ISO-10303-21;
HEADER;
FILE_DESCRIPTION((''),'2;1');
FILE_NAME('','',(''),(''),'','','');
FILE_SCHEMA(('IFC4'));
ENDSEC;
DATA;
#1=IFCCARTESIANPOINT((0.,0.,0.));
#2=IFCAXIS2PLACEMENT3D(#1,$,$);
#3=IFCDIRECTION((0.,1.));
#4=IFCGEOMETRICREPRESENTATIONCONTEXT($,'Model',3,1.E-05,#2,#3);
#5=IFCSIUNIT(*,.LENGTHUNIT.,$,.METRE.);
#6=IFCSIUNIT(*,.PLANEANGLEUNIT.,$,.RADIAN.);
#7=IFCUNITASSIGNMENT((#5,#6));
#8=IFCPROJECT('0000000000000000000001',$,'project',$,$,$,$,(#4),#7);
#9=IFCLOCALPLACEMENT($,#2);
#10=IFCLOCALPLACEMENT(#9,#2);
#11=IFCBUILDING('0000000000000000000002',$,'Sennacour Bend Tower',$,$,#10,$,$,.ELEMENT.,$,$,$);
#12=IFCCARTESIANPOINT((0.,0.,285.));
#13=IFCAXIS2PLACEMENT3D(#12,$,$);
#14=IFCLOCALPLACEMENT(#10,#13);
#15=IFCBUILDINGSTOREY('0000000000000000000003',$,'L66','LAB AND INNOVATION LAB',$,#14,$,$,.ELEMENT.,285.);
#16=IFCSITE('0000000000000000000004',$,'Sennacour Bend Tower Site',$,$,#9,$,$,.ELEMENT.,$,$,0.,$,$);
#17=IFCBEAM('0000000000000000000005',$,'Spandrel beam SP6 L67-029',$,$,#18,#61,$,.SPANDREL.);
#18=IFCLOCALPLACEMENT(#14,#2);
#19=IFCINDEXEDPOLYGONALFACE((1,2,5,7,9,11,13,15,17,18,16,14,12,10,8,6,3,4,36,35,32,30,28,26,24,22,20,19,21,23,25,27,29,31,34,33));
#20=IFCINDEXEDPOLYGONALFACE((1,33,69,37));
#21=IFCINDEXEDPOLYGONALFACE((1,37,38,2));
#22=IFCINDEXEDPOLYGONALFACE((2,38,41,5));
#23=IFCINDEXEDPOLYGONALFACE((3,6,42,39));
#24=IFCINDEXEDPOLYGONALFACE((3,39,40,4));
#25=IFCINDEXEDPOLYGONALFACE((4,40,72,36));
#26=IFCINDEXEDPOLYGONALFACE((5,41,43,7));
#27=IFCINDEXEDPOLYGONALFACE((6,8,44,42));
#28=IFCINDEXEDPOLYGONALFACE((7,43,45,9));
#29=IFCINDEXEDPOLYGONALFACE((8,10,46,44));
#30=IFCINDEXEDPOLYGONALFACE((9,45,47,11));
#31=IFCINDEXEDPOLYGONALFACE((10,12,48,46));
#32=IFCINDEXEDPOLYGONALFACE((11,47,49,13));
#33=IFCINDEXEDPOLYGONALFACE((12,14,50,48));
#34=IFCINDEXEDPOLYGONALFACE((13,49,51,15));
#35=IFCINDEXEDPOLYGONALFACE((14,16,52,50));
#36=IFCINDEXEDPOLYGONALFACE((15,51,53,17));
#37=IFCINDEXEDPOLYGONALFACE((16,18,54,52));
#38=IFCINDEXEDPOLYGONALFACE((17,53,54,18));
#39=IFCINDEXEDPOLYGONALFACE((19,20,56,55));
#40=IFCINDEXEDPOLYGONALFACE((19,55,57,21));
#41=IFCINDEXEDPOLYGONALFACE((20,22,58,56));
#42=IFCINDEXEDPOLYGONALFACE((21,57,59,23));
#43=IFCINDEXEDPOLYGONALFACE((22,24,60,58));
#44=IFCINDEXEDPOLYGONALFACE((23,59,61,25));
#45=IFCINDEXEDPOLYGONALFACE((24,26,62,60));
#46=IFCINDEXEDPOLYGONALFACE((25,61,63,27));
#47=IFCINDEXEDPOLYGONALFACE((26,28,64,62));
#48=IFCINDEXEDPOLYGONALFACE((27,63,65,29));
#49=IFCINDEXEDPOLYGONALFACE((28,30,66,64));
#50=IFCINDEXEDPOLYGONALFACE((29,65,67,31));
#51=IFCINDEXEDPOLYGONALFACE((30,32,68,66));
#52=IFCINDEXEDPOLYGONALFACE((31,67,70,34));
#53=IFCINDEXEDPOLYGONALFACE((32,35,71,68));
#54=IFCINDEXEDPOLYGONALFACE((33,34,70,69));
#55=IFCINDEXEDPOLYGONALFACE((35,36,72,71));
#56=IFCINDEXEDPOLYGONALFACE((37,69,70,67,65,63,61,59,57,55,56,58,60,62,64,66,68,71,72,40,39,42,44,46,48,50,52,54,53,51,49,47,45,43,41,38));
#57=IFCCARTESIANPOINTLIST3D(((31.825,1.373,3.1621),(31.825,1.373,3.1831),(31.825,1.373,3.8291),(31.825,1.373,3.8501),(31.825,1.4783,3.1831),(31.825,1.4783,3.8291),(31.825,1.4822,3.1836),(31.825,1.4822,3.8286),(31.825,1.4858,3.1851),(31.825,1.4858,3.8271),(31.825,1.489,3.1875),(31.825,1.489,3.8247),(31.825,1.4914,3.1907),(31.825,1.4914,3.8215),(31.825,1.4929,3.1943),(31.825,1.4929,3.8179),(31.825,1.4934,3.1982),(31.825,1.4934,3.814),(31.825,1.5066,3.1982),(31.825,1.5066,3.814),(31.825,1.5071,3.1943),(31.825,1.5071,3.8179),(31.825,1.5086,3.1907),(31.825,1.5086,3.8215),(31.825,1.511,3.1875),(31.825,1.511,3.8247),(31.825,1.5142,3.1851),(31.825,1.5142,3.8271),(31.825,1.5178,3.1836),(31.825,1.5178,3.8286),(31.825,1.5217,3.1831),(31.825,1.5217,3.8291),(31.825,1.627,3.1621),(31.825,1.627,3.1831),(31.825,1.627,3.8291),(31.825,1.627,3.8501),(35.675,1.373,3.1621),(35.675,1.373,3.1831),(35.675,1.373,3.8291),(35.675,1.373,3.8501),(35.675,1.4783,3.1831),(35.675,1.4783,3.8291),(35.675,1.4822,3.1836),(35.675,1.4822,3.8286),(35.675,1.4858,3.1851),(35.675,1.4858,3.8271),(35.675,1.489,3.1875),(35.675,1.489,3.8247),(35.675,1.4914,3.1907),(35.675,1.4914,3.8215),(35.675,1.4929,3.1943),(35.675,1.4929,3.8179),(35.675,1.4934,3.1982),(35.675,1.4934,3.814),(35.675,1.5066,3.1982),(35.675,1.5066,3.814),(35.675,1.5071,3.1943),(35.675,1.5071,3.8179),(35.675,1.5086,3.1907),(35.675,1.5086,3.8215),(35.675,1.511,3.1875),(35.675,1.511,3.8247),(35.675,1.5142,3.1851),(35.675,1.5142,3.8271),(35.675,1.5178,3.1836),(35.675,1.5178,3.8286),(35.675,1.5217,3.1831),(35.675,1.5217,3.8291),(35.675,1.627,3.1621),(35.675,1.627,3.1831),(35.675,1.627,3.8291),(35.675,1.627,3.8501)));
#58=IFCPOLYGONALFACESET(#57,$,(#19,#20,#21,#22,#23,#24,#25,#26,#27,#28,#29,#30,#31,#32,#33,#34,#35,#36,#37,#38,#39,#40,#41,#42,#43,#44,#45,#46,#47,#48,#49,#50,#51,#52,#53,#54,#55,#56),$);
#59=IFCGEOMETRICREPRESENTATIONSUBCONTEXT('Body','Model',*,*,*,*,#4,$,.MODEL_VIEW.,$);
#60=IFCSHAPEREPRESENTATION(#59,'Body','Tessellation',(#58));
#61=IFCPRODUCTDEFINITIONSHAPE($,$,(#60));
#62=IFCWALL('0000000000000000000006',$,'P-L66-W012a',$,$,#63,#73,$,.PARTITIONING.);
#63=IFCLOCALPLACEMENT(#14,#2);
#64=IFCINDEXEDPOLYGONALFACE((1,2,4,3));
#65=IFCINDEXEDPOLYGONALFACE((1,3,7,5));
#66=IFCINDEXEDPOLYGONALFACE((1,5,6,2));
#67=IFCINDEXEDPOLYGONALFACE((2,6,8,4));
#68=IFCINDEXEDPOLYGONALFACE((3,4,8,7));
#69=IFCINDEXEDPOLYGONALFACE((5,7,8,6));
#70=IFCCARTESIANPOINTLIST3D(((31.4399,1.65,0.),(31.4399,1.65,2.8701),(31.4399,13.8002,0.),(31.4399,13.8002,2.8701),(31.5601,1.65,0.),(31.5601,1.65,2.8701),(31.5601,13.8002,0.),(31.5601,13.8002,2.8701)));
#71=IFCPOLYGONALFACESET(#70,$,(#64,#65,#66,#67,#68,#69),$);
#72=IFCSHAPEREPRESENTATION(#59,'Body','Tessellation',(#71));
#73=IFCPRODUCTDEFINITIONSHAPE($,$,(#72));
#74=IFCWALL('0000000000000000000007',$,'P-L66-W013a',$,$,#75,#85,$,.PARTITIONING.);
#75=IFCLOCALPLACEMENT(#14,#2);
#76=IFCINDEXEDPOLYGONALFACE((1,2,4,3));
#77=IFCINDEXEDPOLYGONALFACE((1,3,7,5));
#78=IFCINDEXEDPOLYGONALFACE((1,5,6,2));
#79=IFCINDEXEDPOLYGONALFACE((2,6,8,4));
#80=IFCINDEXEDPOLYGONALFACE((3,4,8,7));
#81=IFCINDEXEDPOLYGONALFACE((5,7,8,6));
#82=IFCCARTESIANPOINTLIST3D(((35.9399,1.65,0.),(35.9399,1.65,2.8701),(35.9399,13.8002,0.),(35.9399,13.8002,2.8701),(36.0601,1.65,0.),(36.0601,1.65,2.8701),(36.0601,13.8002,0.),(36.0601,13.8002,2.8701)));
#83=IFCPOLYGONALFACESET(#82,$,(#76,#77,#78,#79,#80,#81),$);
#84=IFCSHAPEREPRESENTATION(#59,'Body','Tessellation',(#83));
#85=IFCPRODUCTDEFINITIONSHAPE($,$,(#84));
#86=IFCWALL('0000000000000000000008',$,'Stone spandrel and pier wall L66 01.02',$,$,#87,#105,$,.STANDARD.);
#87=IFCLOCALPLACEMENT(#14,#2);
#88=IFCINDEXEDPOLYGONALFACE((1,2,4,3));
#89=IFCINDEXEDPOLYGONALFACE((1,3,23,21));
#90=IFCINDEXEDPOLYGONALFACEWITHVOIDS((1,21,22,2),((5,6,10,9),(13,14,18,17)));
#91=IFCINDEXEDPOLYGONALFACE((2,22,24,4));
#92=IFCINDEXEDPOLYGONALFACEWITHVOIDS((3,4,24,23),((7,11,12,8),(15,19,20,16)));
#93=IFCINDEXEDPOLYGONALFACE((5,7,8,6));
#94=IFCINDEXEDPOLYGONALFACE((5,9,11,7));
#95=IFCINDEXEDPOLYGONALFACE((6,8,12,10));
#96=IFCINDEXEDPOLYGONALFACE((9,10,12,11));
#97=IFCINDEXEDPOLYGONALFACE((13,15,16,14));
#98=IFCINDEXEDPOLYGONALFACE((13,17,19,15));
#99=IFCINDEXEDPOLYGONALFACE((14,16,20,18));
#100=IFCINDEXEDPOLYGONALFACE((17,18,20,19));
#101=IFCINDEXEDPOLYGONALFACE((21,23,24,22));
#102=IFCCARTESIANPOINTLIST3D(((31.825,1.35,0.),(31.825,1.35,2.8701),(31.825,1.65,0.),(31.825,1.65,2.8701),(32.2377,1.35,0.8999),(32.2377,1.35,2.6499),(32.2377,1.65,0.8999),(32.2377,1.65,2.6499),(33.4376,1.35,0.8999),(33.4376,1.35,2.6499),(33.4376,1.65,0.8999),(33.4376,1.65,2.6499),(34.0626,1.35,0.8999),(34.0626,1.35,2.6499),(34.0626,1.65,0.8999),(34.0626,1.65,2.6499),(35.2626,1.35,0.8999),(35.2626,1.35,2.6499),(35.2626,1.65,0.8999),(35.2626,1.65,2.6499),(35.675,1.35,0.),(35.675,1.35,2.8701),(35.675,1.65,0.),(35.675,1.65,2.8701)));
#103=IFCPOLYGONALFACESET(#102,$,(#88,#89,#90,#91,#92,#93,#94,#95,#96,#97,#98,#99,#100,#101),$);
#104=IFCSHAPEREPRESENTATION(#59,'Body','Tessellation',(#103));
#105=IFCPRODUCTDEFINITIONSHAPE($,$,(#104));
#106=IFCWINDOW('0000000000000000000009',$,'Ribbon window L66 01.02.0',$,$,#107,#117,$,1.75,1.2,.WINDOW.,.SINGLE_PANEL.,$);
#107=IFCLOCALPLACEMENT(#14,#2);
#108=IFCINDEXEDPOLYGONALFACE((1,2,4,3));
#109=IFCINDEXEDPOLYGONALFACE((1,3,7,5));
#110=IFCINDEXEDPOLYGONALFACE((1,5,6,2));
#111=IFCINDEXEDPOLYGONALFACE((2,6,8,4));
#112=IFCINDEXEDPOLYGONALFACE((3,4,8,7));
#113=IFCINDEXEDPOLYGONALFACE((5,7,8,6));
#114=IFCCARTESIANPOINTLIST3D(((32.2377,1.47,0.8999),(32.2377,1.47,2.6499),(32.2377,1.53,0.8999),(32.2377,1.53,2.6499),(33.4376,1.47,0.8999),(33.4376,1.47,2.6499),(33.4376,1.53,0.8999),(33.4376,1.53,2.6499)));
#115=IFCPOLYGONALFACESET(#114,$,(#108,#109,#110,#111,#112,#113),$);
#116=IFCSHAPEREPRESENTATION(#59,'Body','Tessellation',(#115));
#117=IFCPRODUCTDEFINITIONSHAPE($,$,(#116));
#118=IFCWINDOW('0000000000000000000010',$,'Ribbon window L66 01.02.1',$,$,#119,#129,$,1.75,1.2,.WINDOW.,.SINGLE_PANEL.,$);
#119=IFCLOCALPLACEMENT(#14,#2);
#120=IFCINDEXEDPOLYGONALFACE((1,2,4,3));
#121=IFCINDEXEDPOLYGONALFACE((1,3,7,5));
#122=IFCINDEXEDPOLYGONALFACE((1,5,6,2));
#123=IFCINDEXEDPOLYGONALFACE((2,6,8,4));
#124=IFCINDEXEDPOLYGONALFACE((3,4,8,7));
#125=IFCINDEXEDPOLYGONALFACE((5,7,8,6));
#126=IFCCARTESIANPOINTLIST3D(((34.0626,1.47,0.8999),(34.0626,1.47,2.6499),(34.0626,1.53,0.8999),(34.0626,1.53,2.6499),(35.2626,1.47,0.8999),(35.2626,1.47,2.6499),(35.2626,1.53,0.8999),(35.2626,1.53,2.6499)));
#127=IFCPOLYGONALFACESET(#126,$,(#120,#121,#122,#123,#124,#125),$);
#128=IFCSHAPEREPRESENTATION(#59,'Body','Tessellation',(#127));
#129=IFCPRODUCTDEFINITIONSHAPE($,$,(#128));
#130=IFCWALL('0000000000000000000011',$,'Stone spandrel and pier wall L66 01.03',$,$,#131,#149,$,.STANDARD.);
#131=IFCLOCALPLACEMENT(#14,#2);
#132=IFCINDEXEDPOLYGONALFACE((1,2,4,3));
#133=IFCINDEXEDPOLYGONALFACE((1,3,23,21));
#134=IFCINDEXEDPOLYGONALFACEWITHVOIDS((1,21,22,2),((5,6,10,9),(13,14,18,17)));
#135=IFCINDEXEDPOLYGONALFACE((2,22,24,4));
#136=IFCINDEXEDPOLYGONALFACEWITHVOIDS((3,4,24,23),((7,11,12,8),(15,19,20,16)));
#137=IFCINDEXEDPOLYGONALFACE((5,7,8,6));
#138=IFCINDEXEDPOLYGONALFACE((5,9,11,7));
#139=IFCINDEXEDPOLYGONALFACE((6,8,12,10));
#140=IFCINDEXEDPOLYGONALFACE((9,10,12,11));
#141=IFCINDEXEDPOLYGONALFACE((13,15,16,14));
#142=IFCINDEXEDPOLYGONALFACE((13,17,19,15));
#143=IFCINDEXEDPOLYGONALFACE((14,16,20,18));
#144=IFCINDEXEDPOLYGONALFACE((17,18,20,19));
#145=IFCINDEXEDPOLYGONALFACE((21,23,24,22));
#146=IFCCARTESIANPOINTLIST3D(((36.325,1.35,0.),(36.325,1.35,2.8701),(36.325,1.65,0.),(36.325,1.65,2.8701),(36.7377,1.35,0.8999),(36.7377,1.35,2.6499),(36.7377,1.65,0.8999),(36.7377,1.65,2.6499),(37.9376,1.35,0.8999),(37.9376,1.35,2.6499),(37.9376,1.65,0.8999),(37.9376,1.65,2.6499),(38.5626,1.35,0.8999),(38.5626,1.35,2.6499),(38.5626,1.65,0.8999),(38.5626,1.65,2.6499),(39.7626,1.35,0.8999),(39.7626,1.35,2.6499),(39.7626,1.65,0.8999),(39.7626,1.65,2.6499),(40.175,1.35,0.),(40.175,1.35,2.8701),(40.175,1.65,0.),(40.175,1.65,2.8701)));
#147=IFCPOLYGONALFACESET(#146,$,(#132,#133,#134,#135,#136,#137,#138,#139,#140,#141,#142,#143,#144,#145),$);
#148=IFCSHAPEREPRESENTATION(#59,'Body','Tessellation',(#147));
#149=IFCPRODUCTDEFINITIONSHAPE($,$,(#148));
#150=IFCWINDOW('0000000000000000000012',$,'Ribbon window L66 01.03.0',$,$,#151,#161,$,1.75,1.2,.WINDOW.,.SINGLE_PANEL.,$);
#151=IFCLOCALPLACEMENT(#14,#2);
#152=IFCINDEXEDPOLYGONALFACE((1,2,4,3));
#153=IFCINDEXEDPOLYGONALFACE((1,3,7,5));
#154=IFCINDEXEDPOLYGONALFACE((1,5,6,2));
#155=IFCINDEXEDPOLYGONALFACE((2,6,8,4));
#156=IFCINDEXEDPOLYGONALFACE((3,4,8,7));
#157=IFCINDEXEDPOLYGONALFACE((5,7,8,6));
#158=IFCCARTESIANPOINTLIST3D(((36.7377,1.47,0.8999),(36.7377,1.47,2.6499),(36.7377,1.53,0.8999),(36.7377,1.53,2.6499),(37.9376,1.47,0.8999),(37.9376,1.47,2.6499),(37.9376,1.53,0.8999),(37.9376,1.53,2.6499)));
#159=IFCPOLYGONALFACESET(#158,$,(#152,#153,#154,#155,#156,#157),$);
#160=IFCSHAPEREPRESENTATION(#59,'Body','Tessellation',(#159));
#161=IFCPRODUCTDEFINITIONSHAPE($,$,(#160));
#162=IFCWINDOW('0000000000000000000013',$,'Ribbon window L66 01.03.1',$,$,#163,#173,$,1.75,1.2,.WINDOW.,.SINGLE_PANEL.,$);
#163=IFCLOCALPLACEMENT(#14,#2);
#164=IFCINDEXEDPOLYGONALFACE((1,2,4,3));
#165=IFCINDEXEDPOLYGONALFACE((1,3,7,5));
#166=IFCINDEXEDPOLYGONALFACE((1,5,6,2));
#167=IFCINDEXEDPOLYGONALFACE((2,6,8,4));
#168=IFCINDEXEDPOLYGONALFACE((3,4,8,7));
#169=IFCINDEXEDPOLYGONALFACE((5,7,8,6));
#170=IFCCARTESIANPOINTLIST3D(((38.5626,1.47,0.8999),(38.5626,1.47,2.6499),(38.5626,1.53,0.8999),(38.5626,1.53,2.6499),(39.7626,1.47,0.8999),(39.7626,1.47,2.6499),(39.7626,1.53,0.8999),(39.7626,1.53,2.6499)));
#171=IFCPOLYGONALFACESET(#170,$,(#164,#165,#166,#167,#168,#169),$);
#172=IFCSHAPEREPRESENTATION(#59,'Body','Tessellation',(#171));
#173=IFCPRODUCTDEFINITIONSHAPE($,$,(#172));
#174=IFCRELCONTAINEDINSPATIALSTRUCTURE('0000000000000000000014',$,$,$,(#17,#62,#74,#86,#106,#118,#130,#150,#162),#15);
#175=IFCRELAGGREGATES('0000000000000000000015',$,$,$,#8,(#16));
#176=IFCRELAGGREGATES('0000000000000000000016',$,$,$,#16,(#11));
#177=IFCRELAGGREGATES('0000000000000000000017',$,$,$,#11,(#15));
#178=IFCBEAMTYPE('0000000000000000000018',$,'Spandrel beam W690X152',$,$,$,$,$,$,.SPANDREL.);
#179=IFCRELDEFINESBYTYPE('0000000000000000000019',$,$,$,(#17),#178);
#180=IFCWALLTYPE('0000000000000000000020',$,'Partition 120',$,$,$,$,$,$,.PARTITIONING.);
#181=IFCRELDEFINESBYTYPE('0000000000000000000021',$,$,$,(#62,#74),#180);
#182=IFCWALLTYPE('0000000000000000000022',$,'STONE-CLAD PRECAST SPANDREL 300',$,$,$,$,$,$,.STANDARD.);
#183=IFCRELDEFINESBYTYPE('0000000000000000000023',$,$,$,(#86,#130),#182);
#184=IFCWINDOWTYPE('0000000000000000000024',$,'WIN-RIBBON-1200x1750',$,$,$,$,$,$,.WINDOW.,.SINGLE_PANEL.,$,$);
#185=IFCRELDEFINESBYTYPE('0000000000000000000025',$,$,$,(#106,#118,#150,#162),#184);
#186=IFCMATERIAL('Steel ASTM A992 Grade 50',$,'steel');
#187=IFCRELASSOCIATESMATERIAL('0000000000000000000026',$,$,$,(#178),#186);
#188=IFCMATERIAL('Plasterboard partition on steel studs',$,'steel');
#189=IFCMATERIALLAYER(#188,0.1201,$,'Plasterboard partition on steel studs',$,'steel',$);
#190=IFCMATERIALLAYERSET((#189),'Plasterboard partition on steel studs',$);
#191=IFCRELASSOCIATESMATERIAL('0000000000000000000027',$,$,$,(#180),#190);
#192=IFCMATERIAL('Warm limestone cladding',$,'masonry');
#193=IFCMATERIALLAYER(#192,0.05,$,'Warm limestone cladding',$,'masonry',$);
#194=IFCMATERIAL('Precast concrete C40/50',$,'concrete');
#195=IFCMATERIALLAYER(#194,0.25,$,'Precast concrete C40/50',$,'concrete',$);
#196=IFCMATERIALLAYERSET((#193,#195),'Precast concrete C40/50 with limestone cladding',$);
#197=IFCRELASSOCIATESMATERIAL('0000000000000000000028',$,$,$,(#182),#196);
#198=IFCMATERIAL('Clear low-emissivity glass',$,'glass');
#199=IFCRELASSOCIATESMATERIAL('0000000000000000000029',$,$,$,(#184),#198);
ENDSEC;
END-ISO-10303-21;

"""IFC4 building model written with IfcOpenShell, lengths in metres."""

from ifc_helpers import new_model, si_unit, direction, frame, frame_2d, origin, origin_2d, place, context, subcontext, project, spatial, rectangle, i_section, extrude, material, layer, layer_set, material_profile, profile_set, type_object, element, fill, save


model = new_model("IFC4")

# Units and contexts
model_context = context("Model", 3, precision=1e-05, world=origin(), true_north=direction((0.0, 1.0)))
body_context = subcontext(model_context, "Body", "Model", "MODEL_VIEW")
ifc_project = project(units=[si_unit("LENGTHUNIT", "METRE"), si_unit("PLANEANGLEUNIT", "RADIAN")], contexts=[model_context])

# Site, building, storey
site_placement = place(None, origin())
site = spatial("IfcSite", under=ifc_project, at=site_placement, Name="Sennacour Bend Tower Site", CompositionType="ELEMENT", RefElevation=0.0)
building_placement = place(site_placement, origin())
building = spatial("IfcBuilding", under=site, at=building_placement, Name="Sennacour Bend Tower", CompositionType="ELEMENT")
storey_placement = place(building_placement, frame((0.0, 0.0, 285.0)))
storey = spatial("IfcBuildingStorey", under=building, at=storey_placement, Name="L66", Description="LAB AND INNOVATION LAB", CompositionType="ELEMENT", Elevation=285.0)

# Beam
ifc_material_1 = material(Name="Steel ASTM A992 Grade 50", Category="steel")
ifc_material_profile_1 = material_profile(ifc_material_1, i_section(OverallWidth=0.2539, OverallDepth=0.688, WebThickness=0.0132, FlangeThickness=0.021, FilletRadius=0.0151, at=origin_2d()), Name="Steel ASTM A992 Grade 50", Category="steel")
ifc_profile_set_1 = profile_set([ifc_material_profile_1], Name="Steel ASTM A992 Grade 50")
beam_type_1 = type_object("IfcBeamType", Name="Spandrel beam W690X152", PredefinedType="SPANDREL", material=ifc_profile_set_1)
for number, where, z_axis, x_axis, name in (
    (1, (35.675, 1.5, 3.5061), (-1.0, 0.0, 0.0), (0.0, -1.0, 0.0), "Spandrel beam SP6 L67-029"),
):
    element("IfcBeam", number, at=place(storey_placement, frame(where, z_axis=z_axis, x_axis=x_axis)), inside=storey, type_object=beam_type_1, Name=name, PredefinedType="SPANDREL", context=body_context, shape_type="SweptSolid", body=[
        extrude(i_section(OverallWidth=0.2539, OverallDepth=0.688, WebThickness=0.0132, FlangeThickness=0.021, FilletRadius=0.0151, at=origin_2d()), origin(), (0.0, 0.0, 1.0), 3.8501),
    ])

# Walls
ifc_material_2 = material(Name="Plasterboard partition on steel studs", Category="steel")
ifc_layer_1 = layer(ifc_material_2, 0.1201, Name="Plasterboard partition on steel studs", Category="steel")
ifc_layer_set_1 = layer_set([ifc_layer_1], Name="Plasterboard partition on steel studs")
wall_type_1 = type_object("IfcWallType", Name="Partition 120", PredefinedType="PARTITIONING", material=ifc_layer_set_1)
for number, where, z_axis, x_axis, name in (
    (2, (31.5, 1.6499, 0.0), (0.0, 0.0, 1.0), (0.0, 1.0, 0.0), "P-L66-W012a"),
    (3, (36.0, 1.6499, 0.0), (0.0, 0.0, 1.0), (0.0, 1.0, 0.0), "P-L66-W013a"),
):
    element("IfcWall", number, at=place(storey_placement, frame(where, z_axis=z_axis, x_axis=x_axis)), inside=storey, type_object=wall_type_1, Name=name, PredefinedType="PARTITIONING", context=body_context, shape_type="SweptSolid", body=[
        extrude(rectangle(XDim=12.1501, YDim=0.1201, at=frame_2d((6.0752, 0.0))), origin(), (0.0, 0.0, 1.0), 2.8701),
    ])

# Walls, openings, windows
ifc_material_3 = material(Name="Warm limestone cladding", Category="masonry")
ifc_layer_2 = layer(ifc_material_3, 0.05, Name="Warm limestone cladding", Category="masonry")
ifc_material_4 = material(Name="Precast concrete C40/50", Category="concrete")
ifc_layer_3 = layer(ifc_material_4, 0.25, Name="Precast concrete C40/50", Category="concrete")
ifc_layer_set_2 = layer_set([ifc_layer_2, ifc_layer_3], Name="Precast concrete C40/50 with limestone cladding")
wall_type_2 = type_object("IfcWallType", Name="STONE-CLAD PRECAST SPANDREL 300", PredefinedType="STANDARD", material=ifc_layer_set_2)
wall_1_placement = place(storey_placement, frame((31.825, 1.5, 0.0), z_axis=(0.0, 0.0, 1.0), x_axis=(1.0, 0.0, 0.0)))
wall_1 = element("IfcWall", 4, at=wall_1_placement, inside=storey, type_object=wall_type_2, Name="Stone spandrel and pier wall L66 01.02", PredefinedType="STANDARD", context=body_context, shape_type="SweptSolid", body=[
    extrude(rectangle(XDim=3.8501, YDim=0.3, at=frame_2d((1.925, 0.0))), origin(), (0.0, 0.0, 1.0), 2.8701),
])
opening_1_placement = place(wall_1_placement, frame((0.4126, 0.0, 0.8999)))
opening_1 = element("IfcOpeningElement", 5, at=opening_1_placement, cuts=wall_1, PredefinedType="OPENING", context=body_context, shape_type="SweptSolid", body=[
    extrude(rectangle(XDim=1.2, YDim=1.75, at=frame_2d((0.6001, 0.875))), frame((0.0, 0.1602, 0.0), z_axis=(0.0, -1.0, 0.0), x_axis=(1.0, 0.0, 0.0)), (0.0, 0.0, 1.0), 0.3201),
])
opening_2_placement = place(wall_1_placement, frame((2.2375, 0.0, 0.8999)))
opening_2 = element("IfcOpeningElement", 6, at=opening_2_placement, cuts=wall_1, PredefinedType="OPENING", context=body_context, shape_type="SweptSolid", body=[
    extrude(rectangle(XDim=1.2, YDim=1.75, at=frame_2d((0.6001, 0.875))), frame((0.0, 0.1602, 0.0), z_axis=(0.0, -1.0, 0.0), x_axis=(1.0, 0.0, 0.0)), (0.0, 0.0, 1.0), 0.3201),
])
ifc_material_5 = material(Name="Clear low-emissivity glass", Category="glass")
window_type = type_object("IfcWindowType", Name="WIN-RIBBON-1200x1750", PartitioningType="SINGLE_PANEL", PredefinedType="WINDOW", material=ifc_material_5)
window_1_placement = place(opening_1_placement, origin())
window_1 = element("IfcWindow", 7, at=window_1_placement, inside=storey, type_object=window_type, Name="Ribbon window L66 01.02.0", OverallHeight=1.75, OverallWidth=1.2, PartitioningType="SINGLE_PANEL", PredefinedType="WINDOW", context=body_context, shape_type="SweptSolid", body=[
    extrude(rectangle(XDim=1.2, YDim=1.75, at=frame_2d((0.6001, 0.875))), frame((0.0, 0.03, 0.0), z_axis=(0.0, -1.0, 0.0), x_axis=(1.0, 0.0, 0.0)), (0.0, 0.0, 1.0), 0.0601),
])
fill(opening_1, window_1)
window_2_placement = place(opening_2_placement, origin())
window_2 = element("IfcWindow", 8, at=window_2_placement, inside=storey, type_object=window_type, Name="Ribbon window L66 01.02.1", OverallHeight=1.75, OverallWidth=1.2, PartitioningType="SINGLE_PANEL", PredefinedType="WINDOW", context=body_context, shape_type="SweptSolid", body=[
    extrude(rectangle(XDim=1.2, YDim=1.75, at=frame_2d((0.6001, 0.875))), frame((0.0, 0.03, 0.0), z_axis=(0.0, -1.0, 0.0), x_axis=(1.0, 0.0, 0.0)), (0.0, 0.0, 1.0), 0.0601),
])
fill(opening_2, window_2)
wall_2_placement = place(storey_placement, frame((36.325, 1.5, 0.0), z_axis=(0.0, 0.0, 1.0), x_axis=(1.0, 0.0, 0.0)))
wall_2 = element("IfcWall", 9, at=wall_2_placement, inside=storey, type_object=wall_type_2, Name="Stone spandrel and pier wall L66 01.03", PredefinedType="STANDARD", context=body_context, shape_type="SweptSolid", body=[
    extrude(rectangle(XDim=3.8501, YDim=0.3, at=frame_2d((1.925, 0.0))), origin(), (0.0, 0.0, 1.0), 2.8701),
])
opening_3_placement = place(wall_2_placement, frame((0.4126, 0.0, 0.8999)))
opening_3 = element("IfcOpeningElement", 10, at=opening_3_placement, cuts=wall_2, PredefinedType="OPENING", context=body_context, shape_type="SweptSolid", body=[
    extrude(rectangle(XDim=1.2, YDim=1.75, at=frame_2d((0.6001, 0.875))), frame((0.0, 0.1602, 0.0), z_axis=(0.0, -1.0, 0.0), x_axis=(1.0, 0.0, 0.0)), (0.0, 0.0, 1.0), 0.3201),
])
opening_4_placement = place(wall_2_placement, frame((2.2375, 0.0, 0.8999)))
opening_4 = element("IfcOpeningElement", 11, at=opening_4_placement, cuts=wall_2, PredefinedType="OPENING", context=body_context, shape_type="SweptSolid", body=[
    extrude(rectangle(XDim=1.2, YDim=1.75, at=frame_2d((0.6001, 0.875))), frame((0.0, 0.1602, 0.0), z_axis=(0.0, -1.0, 0.0), x_axis=(1.0, 0.0, 0.0)), (0.0, 0.0, 1.0), 0.3201),
])
window_3_placement = place(opening_3_placement, origin())
window_3 = element("IfcWindow", 12, at=window_3_placement, inside=storey, type_object=window_type, Name="Ribbon window L66 01.03.0", OverallHeight=1.75, OverallWidth=1.2, PartitioningType="SINGLE_PANEL", PredefinedType="WINDOW", context=body_context, shape_type="SweptSolid", body=[
    extrude(rectangle(XDim=1.2, YDim=1.75, at=frame_2d((0.6001, 0.875))), frame((0.0, 0.03, 0.0), z_axis=(0.0, -1.0, 0.0), x_axis=(1.0, 0.0, 0.0)), (0.0, 0.0, 1.0), 0.0601),
])
fill(opening_3, window_3)
window_4_placement = place(opening_4_placement, origin())
window_4 = element("IfcWindow", 13, at=window_4_placement, inside=storey, type_object=window_type, Name="Ribbon window L66 01.03.1", OverallHeight=1.75, OverallWidth=1.2, PartitioningType="SINGLE_PANEL", PredefinedType="WINDOW", context=body_context, shape_type="SweptSolid", body=[
    extrude(rectangle(XDim=1.2, YDim=1.75, at=frame_2d((0.6001, 0.875))), frame((0.0, 0.03, 0.0), z_axis=(0.0, -1.0, 0.0), x_axis=(1.0, 0.0, 0.0)), (0.0, 0.0, 1.0), 0.0601),
])
fill(opening_4, window_4)

save(model, "model.ifc")
